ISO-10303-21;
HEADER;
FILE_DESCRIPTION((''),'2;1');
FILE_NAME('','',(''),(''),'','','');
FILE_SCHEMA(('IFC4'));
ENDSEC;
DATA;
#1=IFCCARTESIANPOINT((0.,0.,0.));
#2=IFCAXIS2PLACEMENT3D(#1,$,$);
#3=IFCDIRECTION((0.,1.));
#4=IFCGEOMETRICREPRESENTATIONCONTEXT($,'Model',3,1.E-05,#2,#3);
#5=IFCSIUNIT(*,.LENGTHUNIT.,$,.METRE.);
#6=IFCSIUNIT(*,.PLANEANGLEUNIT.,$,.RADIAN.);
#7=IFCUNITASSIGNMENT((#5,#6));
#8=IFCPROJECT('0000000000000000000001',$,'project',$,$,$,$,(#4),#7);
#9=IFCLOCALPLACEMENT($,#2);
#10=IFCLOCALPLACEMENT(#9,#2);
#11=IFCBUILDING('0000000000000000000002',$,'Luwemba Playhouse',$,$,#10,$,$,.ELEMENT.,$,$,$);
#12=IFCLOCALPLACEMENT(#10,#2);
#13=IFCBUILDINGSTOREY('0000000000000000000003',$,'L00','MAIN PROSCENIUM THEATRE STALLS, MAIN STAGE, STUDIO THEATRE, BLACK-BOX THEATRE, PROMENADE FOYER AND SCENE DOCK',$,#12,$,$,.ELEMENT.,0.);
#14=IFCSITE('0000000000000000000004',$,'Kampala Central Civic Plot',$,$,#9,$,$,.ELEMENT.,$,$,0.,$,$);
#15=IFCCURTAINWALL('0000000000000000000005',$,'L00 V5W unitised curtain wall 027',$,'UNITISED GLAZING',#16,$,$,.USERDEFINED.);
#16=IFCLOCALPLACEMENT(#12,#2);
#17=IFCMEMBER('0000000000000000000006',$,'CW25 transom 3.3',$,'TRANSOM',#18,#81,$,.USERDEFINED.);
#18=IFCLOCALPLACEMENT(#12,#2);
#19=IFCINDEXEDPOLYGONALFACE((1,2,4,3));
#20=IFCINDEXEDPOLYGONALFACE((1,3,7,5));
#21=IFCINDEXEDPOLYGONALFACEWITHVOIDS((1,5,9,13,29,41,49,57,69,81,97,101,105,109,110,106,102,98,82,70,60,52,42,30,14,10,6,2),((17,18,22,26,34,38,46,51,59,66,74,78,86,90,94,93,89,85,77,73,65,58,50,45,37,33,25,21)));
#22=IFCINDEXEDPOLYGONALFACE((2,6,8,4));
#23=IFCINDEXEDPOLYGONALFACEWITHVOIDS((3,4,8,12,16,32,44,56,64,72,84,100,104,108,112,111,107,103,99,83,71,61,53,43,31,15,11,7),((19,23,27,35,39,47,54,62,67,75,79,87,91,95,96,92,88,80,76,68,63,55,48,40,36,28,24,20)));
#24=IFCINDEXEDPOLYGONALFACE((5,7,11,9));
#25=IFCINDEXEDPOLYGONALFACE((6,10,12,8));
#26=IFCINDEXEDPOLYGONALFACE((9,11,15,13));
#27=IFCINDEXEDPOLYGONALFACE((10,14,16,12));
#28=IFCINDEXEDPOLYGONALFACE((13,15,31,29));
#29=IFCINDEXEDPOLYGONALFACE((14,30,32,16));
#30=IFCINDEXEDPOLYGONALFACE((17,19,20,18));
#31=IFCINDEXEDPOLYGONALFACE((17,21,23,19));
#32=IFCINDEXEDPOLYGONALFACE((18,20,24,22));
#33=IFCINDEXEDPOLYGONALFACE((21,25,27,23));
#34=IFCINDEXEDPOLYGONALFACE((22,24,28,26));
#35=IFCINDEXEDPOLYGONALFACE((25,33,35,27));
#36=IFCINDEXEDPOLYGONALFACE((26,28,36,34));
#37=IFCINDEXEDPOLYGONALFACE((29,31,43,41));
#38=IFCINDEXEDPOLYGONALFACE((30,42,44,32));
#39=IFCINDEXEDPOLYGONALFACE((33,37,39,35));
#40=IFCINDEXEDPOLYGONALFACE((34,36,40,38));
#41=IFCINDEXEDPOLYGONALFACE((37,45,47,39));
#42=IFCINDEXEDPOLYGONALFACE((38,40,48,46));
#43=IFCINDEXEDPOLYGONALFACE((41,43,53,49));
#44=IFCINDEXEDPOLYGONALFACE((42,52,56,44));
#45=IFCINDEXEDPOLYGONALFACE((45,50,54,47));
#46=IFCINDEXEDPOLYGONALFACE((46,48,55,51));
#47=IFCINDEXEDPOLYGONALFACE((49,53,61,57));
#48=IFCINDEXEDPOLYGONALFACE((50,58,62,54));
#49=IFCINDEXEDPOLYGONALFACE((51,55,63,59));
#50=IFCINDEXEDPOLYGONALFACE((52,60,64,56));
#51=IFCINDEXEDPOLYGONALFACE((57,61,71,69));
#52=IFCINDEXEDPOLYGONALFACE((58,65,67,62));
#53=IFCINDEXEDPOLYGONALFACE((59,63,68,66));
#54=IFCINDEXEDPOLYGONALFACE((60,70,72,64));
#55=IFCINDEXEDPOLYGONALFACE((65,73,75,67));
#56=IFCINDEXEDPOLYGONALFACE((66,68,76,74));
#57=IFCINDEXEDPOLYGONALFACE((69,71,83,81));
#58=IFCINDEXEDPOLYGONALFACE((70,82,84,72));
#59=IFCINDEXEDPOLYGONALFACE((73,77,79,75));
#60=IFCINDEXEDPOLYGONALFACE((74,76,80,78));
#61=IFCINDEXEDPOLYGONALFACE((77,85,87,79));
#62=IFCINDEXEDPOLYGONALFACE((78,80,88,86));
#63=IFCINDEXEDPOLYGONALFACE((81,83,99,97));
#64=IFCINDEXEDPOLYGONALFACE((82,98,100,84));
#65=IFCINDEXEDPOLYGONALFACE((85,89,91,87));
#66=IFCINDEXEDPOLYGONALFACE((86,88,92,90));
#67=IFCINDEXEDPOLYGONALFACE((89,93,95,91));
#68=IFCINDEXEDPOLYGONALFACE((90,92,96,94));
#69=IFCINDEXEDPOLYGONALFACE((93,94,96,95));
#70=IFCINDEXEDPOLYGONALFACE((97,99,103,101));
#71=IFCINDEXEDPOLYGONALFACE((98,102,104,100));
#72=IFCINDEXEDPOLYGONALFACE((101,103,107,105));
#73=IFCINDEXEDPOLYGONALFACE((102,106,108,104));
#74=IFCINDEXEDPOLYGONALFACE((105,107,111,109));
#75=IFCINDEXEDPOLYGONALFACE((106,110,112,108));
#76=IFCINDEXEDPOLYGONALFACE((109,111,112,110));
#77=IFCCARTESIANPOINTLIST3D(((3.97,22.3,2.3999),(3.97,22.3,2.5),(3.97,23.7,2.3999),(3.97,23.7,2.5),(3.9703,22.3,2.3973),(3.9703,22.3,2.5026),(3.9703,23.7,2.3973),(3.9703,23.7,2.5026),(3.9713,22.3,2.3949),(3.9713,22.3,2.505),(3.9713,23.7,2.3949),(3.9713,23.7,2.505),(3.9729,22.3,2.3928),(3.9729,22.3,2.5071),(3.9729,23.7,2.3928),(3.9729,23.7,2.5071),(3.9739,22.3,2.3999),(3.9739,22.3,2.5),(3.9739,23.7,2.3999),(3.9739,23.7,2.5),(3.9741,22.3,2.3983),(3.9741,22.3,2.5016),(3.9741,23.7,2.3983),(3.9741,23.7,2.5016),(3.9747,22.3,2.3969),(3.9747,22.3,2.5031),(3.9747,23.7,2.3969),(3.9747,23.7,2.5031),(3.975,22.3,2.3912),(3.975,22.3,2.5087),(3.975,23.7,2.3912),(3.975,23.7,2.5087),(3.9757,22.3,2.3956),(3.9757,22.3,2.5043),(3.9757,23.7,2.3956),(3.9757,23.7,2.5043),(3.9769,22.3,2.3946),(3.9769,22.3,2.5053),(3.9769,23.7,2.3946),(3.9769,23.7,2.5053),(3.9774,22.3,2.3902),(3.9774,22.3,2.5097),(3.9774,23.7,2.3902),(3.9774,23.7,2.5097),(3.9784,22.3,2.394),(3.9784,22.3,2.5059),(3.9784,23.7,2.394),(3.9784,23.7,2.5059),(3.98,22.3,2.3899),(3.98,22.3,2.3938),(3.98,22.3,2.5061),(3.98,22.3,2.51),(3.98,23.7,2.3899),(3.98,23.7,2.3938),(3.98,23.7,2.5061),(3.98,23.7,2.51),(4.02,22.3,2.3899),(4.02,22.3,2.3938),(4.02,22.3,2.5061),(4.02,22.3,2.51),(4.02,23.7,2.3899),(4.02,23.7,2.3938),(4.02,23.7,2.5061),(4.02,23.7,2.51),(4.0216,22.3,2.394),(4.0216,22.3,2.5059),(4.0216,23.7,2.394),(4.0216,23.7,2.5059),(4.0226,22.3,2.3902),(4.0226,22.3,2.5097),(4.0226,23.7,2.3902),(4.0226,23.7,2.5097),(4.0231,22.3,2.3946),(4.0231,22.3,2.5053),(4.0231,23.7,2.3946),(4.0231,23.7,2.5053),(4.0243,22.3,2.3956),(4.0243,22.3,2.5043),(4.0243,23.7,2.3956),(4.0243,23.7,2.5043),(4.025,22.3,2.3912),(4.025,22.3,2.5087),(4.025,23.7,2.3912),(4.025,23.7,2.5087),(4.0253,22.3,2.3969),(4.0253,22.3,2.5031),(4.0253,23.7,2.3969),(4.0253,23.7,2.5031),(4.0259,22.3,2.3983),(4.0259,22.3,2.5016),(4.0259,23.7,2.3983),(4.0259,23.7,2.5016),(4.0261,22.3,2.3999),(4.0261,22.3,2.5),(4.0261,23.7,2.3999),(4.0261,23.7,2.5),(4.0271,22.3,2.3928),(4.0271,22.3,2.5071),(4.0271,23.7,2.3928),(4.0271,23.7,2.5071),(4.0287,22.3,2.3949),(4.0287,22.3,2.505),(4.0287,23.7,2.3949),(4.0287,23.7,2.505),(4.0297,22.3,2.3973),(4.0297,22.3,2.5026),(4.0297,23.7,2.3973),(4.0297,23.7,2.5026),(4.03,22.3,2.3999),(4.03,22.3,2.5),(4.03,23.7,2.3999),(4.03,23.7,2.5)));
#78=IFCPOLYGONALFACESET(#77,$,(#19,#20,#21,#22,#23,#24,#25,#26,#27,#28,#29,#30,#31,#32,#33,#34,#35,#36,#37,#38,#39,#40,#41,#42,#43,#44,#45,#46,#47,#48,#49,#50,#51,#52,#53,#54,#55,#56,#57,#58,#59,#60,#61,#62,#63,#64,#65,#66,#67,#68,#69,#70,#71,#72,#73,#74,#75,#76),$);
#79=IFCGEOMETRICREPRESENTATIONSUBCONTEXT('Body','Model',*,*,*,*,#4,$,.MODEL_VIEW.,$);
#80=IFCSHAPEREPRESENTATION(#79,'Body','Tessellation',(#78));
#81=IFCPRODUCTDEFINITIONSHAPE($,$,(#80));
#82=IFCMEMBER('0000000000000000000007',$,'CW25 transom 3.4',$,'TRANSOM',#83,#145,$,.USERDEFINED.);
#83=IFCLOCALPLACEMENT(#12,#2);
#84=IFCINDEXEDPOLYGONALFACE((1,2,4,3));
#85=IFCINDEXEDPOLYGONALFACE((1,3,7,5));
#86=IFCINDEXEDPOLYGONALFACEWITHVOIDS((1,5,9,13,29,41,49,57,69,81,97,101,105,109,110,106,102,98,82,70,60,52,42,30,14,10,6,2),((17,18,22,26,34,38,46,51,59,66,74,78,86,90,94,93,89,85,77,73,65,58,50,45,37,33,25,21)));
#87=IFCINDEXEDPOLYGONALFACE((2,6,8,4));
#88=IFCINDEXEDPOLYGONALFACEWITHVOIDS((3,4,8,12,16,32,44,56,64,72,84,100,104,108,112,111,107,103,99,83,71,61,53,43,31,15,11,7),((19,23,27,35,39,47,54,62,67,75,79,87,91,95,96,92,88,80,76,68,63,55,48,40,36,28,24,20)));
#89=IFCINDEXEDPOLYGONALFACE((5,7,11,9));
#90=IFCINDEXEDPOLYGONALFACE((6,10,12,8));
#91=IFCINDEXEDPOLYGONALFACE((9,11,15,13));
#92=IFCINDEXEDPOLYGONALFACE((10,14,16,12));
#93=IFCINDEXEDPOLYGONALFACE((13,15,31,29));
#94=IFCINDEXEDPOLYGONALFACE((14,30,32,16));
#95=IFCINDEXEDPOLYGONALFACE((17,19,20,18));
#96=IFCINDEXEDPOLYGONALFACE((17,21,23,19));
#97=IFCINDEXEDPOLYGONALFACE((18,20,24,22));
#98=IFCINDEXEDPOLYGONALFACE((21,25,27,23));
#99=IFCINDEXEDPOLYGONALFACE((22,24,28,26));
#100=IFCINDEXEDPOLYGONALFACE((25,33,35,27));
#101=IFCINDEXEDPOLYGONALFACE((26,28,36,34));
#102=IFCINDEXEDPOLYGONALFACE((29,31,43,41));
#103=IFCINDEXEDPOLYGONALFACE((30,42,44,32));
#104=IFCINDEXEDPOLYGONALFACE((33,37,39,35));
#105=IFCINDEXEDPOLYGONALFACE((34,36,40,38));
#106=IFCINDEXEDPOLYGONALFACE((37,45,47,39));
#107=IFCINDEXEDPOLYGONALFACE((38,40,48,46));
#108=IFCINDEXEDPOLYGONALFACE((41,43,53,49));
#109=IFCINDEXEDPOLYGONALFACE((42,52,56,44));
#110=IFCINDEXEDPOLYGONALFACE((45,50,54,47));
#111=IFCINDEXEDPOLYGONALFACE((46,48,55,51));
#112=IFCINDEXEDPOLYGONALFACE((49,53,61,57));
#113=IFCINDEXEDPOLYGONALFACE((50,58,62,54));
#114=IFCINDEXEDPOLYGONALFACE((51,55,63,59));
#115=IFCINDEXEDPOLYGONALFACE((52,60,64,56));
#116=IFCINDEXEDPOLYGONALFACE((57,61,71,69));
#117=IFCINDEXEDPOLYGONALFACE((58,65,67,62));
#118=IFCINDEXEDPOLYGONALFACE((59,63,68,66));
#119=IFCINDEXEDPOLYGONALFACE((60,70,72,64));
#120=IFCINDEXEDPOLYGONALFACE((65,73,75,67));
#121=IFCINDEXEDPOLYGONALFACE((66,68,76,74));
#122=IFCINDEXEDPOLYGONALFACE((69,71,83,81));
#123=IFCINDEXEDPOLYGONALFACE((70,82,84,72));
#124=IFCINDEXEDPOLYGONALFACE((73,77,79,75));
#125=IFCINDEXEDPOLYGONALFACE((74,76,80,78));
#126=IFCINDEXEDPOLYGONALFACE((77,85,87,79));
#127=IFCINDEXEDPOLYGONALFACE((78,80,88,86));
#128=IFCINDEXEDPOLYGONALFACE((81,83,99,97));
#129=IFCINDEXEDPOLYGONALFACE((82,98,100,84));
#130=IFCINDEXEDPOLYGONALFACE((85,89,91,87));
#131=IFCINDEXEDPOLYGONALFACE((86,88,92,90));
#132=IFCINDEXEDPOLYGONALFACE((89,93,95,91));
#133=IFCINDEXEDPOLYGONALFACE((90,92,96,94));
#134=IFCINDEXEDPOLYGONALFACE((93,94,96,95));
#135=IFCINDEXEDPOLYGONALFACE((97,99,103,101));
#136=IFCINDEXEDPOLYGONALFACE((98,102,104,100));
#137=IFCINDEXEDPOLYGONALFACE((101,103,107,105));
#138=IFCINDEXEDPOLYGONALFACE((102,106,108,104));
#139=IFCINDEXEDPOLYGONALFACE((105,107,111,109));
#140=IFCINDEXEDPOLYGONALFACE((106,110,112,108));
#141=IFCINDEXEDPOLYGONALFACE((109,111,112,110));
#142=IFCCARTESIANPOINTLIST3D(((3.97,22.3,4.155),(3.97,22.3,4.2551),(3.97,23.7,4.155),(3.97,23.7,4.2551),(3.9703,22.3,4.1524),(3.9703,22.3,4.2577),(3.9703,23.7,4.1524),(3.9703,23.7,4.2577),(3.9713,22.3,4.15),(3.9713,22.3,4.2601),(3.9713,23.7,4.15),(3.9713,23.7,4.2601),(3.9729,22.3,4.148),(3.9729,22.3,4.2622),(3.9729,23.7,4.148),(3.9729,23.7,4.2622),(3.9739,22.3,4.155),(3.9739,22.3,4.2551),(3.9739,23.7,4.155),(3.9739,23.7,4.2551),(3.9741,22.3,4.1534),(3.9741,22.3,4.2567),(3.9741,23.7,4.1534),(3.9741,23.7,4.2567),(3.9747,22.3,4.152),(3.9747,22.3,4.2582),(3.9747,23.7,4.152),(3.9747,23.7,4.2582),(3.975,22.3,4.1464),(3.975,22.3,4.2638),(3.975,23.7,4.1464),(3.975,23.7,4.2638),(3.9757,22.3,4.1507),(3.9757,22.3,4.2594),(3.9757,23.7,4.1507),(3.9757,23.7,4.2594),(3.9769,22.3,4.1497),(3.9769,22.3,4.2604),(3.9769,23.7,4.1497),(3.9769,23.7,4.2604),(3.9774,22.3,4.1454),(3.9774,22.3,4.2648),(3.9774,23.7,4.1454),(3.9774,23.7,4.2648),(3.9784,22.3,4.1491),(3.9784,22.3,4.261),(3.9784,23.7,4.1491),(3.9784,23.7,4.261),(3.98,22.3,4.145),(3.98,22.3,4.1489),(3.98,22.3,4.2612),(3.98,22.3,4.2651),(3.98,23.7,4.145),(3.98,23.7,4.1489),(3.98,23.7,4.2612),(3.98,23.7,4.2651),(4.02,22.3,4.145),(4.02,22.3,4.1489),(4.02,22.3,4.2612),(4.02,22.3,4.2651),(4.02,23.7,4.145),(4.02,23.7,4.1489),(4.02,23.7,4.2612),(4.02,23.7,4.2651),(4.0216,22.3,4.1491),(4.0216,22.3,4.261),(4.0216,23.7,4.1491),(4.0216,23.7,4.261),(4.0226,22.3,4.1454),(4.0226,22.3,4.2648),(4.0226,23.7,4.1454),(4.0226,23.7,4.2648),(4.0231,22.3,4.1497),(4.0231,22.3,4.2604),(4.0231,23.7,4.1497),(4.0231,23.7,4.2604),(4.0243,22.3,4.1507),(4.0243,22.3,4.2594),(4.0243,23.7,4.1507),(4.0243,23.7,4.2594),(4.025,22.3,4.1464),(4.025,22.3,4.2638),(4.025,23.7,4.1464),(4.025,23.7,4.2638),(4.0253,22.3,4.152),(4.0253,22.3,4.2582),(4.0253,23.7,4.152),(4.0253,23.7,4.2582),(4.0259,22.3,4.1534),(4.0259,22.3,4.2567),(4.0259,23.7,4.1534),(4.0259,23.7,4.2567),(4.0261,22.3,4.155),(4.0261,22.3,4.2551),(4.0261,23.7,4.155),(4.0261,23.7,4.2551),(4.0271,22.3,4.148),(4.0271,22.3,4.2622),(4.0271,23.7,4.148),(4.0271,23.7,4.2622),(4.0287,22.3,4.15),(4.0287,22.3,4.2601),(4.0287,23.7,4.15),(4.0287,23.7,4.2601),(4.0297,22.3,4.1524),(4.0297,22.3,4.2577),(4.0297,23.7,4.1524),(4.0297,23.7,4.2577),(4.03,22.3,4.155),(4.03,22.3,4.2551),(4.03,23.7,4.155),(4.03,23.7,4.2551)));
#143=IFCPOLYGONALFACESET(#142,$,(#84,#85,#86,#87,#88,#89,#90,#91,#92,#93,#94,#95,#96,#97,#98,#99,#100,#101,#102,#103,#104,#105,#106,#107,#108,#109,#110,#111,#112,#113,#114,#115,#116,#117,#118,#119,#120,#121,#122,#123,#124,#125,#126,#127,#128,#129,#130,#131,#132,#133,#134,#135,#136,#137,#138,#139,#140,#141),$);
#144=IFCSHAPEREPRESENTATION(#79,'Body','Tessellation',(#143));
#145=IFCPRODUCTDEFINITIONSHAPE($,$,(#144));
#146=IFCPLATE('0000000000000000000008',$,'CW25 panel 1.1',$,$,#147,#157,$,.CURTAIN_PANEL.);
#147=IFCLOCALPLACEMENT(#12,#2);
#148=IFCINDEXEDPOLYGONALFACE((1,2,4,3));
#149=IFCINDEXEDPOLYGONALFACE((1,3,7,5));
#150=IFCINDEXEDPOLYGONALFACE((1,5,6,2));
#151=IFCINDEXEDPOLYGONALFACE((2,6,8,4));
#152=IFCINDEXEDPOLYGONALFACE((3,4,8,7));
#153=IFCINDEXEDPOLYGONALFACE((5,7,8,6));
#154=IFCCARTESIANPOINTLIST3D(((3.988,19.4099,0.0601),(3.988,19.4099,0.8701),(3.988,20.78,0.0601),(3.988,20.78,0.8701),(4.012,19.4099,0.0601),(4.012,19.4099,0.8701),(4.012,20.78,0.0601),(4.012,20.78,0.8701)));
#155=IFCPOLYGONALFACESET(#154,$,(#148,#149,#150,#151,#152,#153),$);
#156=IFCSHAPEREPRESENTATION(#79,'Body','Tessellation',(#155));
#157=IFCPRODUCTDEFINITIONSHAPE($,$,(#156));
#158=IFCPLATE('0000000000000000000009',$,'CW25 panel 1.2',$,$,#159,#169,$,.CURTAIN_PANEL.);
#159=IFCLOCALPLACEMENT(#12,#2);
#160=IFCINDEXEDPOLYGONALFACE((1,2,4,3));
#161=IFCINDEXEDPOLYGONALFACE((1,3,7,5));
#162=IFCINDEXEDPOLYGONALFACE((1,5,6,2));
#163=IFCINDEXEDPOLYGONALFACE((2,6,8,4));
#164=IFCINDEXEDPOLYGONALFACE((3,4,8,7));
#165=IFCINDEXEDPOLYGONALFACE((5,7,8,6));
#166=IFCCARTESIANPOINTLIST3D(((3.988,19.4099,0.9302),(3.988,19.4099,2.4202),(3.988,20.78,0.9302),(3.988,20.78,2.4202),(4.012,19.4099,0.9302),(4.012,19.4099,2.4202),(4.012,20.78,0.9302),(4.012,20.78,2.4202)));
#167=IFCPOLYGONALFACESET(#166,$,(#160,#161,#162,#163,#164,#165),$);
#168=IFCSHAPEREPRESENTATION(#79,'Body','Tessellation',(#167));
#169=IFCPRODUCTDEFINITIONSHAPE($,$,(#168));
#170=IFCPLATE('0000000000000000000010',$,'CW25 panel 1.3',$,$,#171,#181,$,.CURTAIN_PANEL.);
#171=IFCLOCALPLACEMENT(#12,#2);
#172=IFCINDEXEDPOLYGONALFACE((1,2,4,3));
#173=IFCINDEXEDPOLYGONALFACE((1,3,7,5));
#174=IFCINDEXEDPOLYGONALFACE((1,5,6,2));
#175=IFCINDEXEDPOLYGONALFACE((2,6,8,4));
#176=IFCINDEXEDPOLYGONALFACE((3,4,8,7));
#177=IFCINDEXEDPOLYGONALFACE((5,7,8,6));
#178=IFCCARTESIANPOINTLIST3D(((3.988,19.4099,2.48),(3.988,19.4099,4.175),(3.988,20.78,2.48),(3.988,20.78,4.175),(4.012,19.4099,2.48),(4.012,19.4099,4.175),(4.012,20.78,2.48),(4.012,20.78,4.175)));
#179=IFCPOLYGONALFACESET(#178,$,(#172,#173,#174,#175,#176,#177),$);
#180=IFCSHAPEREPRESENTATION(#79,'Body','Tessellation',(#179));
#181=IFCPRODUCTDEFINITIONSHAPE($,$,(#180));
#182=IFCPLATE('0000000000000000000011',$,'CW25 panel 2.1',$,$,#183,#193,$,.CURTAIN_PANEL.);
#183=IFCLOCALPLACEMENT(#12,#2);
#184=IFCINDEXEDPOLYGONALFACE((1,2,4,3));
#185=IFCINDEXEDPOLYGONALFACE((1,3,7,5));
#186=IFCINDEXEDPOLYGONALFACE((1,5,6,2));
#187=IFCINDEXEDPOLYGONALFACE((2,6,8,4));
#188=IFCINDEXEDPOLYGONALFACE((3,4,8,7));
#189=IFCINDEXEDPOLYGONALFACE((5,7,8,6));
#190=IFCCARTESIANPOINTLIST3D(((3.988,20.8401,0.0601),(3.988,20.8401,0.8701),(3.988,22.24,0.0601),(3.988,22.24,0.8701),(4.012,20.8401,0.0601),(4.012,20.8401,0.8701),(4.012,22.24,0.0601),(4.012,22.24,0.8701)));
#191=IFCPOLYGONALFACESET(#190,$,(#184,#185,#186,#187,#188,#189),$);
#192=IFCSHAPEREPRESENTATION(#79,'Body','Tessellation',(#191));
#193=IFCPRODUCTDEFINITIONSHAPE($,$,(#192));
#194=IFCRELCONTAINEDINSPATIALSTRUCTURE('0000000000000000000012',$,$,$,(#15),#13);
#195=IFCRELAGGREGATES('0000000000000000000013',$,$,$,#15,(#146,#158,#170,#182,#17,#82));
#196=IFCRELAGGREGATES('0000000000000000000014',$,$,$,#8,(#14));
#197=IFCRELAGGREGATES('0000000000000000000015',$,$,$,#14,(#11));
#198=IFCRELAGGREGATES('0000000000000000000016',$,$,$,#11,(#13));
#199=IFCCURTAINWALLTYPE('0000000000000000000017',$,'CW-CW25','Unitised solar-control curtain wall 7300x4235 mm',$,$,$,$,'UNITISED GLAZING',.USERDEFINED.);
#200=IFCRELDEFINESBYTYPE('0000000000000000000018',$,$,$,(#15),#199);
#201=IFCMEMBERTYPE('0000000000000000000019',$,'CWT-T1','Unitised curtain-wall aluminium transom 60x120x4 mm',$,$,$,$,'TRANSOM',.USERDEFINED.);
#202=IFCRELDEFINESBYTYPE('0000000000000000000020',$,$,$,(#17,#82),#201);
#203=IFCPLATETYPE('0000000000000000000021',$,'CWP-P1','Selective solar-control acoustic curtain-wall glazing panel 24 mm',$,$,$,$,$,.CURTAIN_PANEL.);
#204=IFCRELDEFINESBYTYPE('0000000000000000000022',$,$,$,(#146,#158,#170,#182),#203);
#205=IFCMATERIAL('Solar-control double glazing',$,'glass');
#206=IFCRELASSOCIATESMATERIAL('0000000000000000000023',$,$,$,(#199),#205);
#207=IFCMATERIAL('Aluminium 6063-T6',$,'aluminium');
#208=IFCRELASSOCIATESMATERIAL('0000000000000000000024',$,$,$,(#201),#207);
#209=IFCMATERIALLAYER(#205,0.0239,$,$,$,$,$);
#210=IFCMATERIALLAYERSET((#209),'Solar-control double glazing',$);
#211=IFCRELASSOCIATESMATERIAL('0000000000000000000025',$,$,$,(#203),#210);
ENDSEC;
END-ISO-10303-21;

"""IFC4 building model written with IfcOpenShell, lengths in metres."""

from ifc_helpers import new_model, si_unit, direction, frame, origin, origin_2d, place, context, subcontext, project, spatial, rectangle, hollow_rectangle, extrude, material, layer, layer_set, material_profile, profile_set, type_object, element, aggregate, save


model = new_model("IFC4")

# Units and contexts
model_context = context("Model", 3, precision=1e-05, world=origin(), true_north=direction((0.0, 1.0)))
body_context = subcontext(model_context, "Body", "Model", "MODEL_VIEW")
ifc_project = project(units=[si_unit("LENGTHUNIT", "METRE"), si_unit("PLANEANGLEUNIT", "RADIAN")], contexts=[model_context])

# Site, building, storey
site_placement = place(None, origin())
site = spatial("IfcSite", under=ifc_project, at=site_placement, Name="Kampala Central Civic Plot", CompositionType="ELEMENT", RefElevation=0.0)
building_placement = place(site_placement, origin())
building = spatial("IfcBuilding", under=site, at=building_placement, Name="Luwemba Playhouse", CompositionType="ELEMENT")
storey_placement = place(building_placement, origin())
storey = spatial("IfcBuildingStorey", under=building, at=storey_placement, Name="L00", Description="MAIN PROSCENIUM THEATRE STALLS, MAIN STAGE, STUDIO THEATRE, BLACK-BOX THEATRE, PROMENADE FOYER AND SCENE DOCK", CompositionType="ELEMENT", Elevation=0.0)

# Curtain wall, members, plates
ifc_material_1 = material(Name="Solar-control double glazing", Category="glass")
curtain_wall_type = type_object("IfcCurtainWallType", Name="CW-CW25", Description="Unitised solar-control curtain wall 7300x4235 mm", ElementType="UNITISED GLAZING", PredefinedType="USERDEFINED", material=ifc_material_1)
curtain_wall_placement = place(storey_placement, origin())
curtain_wall = element("IfcCurtainWall", 1, at=curtain_wall_placement, inside=storey, type_object=curtain_wall_type, Name="L00 V5W unitised curtain wall 027", ObjectType="UNITISED GLAZING", PredefinedType="USERDEFINED")
ifc_material_2 = material(Name="Aluminium 6063-T6", Category="aluminium")
ifc_material_profile_1 = material_profile(ifc_material_2, hollow_rectangle(XDim=0.0601, YDim=0.1201, WallThickness=0.0039, InnerFilletRadius=0.0061, OuterFilletRadius=0.01, at=origin_2d()))
ifc_profile_set_1 = profile_set([ifc_material_profile_1], Name="Aluminium 6063-T6")
member_type_1 = type_object("IfcMemberType", Name="CWT-T1", Description="Unitised curtain-wall aluminium transom 60x120x4 mm", ElementType="TRANSOM", PredefinedType="USERDEFINED", material=ifc_profile_set_1)
member_1_placement = place(storey_placement, frame((4.0, 22.3, 2.45), z_axis=(0.0, 1.0, 0.0), x_axis=(-1.0, 0.0, 0.0)))
member_1 = element("IfcMember", 2, at=member_1_placement, type_object=member_type_1, Name="CW25 transom 3.3", ObjectType="TRANSOM", PredefinedType="USERDEFINED", context=body_context, shape_type="SweptSolid", body=[
    extrude(hollow_rectangle(XDim=0.0601, YDim=0.1201, WallThickness=0.0039, InnerFilletRadius=0.0061, OuterFilletRadius=0.01, at=origin_2d()), origin(), (0.0, 0.0, 1.0), 1.3999),
])
member_2_placement = place(storey_placement, frame((4.0, 22.3, 4.2051), z_axis=(0.0, 1.0, 0.0), x_axis=(-1.0, 0.0, 0.0)))
member_2 = element("IfcMember", 3, at=member_2_placement, type_object=member_type_1, Name="CW25 transom 3.4", ObjectType="TRANSOM", PredefinedType="USERDEFINED", context=body_context, shape_type="SweptSolid", body=[
    extrude(hollow_rectangle(XDim=0.0601, YDim=0.1201, WallThickness=0.0039, InnerFilletRadius=0.0061, OuterFilletRadius=0.01, at=origin_2d()), origin(), (0.0, 0.0, 1.0), 1.3999),
])
ifc_layer = layer(ifc_material_1, 0.0239)
ifc_layer_set = layer_set([ifc_layer], Name="Solar-control double glazing")
plate_type = type_object("IfcPlateType", Name="CWP-P1", Description="Selective solar-control acoustic curtain-wall glazing panel 24 mm", PredefinedType="CURTAIN_PANEL", material=ifc_layer_set)
plate_1_placement = place(storey_placement, frame((4.0, 20.095, 0.0601), z_axis=(0.0, 0.0, 1.0), x_axis=(0.0, 1.0, 0.0)))
plate_1 = element("IfcPlate", 4, at=plate_1_placement, type_object=plate_type, Name="CW25 panel 1.1", PredefinedType="CURTAIN_PANEL", context=body_context, shape_type="SweptSolid", body=[
    extrude(rectangle(XDim=1.3701, YDim=0.0239, at=origin_2d()), origin(), (0.0, 0.0, 1.0), 0.8101),
])
plate_2_placement = place(storey_placement, frame((4.0, 20.095, 0.9302), z_axis=(0.0, 0.0, 1.0), x_axis=(0.0, 1.0, 0.0)))
plate_2 = element("IfcPlate", 5, at=plate_2_placement, type_object=plate_type, Name="CW25 panel 1.2", PredefinedType="CURTAIN_PANEL", context=body_context, shape_type="SweptSolid", body=[
    extrude(rectangle(XDim=1.3701, YDim=0.0239, at=origin_2d()), origin(), (0.0, 0.0, 1.0), 1.49),
])
plate_3_placement = place(storey_placement, frame((4.0, 20.095, 2.48), z_axis=(0.0, 0.0, 1.0), x_axis=(0.0, 1.0, 0.0)))
plate_3 = element("IfcPlate", 6, at=plate_3_placement, type_object=plate_type, Name="CW25 panel 1.3", PredefinedType="CURTAIN_PANEL", context=body_context, shape_type="SweptSolid", body=[
    extrude(rectangle(XDim=1.3701, YDim=0.0239, at=origin_2d()), origin(), (0.0, 0.0, 1.0), 1.6951),
])
plate_4_placement = place(storey_placement, frame((4.0, 21.54, 0.0601), z_axis=(0.0, 0.0, 1.0), x_axis=(0.0, 1.0, 0.0)))
plate_4 = element("IfcPlate", 7, at=plate_4_placement, type_object=plate_type, Name="CW25 panel 2.1", PredefinedType="CURTAIN_PANEL", context=body_context, shape_type="SweptSolid", body=[
    extrude(rectangle(XDim=1.3999, YDim=0.0239, at=origin_2d()), origin(), (0.0, 0.0, 1.0), 0.8101),
])
aggregate(curtain_wall, [plate_1, plate_2, plate_3, plate_4, member_1, member_2])

save(model, "model.ifc")
